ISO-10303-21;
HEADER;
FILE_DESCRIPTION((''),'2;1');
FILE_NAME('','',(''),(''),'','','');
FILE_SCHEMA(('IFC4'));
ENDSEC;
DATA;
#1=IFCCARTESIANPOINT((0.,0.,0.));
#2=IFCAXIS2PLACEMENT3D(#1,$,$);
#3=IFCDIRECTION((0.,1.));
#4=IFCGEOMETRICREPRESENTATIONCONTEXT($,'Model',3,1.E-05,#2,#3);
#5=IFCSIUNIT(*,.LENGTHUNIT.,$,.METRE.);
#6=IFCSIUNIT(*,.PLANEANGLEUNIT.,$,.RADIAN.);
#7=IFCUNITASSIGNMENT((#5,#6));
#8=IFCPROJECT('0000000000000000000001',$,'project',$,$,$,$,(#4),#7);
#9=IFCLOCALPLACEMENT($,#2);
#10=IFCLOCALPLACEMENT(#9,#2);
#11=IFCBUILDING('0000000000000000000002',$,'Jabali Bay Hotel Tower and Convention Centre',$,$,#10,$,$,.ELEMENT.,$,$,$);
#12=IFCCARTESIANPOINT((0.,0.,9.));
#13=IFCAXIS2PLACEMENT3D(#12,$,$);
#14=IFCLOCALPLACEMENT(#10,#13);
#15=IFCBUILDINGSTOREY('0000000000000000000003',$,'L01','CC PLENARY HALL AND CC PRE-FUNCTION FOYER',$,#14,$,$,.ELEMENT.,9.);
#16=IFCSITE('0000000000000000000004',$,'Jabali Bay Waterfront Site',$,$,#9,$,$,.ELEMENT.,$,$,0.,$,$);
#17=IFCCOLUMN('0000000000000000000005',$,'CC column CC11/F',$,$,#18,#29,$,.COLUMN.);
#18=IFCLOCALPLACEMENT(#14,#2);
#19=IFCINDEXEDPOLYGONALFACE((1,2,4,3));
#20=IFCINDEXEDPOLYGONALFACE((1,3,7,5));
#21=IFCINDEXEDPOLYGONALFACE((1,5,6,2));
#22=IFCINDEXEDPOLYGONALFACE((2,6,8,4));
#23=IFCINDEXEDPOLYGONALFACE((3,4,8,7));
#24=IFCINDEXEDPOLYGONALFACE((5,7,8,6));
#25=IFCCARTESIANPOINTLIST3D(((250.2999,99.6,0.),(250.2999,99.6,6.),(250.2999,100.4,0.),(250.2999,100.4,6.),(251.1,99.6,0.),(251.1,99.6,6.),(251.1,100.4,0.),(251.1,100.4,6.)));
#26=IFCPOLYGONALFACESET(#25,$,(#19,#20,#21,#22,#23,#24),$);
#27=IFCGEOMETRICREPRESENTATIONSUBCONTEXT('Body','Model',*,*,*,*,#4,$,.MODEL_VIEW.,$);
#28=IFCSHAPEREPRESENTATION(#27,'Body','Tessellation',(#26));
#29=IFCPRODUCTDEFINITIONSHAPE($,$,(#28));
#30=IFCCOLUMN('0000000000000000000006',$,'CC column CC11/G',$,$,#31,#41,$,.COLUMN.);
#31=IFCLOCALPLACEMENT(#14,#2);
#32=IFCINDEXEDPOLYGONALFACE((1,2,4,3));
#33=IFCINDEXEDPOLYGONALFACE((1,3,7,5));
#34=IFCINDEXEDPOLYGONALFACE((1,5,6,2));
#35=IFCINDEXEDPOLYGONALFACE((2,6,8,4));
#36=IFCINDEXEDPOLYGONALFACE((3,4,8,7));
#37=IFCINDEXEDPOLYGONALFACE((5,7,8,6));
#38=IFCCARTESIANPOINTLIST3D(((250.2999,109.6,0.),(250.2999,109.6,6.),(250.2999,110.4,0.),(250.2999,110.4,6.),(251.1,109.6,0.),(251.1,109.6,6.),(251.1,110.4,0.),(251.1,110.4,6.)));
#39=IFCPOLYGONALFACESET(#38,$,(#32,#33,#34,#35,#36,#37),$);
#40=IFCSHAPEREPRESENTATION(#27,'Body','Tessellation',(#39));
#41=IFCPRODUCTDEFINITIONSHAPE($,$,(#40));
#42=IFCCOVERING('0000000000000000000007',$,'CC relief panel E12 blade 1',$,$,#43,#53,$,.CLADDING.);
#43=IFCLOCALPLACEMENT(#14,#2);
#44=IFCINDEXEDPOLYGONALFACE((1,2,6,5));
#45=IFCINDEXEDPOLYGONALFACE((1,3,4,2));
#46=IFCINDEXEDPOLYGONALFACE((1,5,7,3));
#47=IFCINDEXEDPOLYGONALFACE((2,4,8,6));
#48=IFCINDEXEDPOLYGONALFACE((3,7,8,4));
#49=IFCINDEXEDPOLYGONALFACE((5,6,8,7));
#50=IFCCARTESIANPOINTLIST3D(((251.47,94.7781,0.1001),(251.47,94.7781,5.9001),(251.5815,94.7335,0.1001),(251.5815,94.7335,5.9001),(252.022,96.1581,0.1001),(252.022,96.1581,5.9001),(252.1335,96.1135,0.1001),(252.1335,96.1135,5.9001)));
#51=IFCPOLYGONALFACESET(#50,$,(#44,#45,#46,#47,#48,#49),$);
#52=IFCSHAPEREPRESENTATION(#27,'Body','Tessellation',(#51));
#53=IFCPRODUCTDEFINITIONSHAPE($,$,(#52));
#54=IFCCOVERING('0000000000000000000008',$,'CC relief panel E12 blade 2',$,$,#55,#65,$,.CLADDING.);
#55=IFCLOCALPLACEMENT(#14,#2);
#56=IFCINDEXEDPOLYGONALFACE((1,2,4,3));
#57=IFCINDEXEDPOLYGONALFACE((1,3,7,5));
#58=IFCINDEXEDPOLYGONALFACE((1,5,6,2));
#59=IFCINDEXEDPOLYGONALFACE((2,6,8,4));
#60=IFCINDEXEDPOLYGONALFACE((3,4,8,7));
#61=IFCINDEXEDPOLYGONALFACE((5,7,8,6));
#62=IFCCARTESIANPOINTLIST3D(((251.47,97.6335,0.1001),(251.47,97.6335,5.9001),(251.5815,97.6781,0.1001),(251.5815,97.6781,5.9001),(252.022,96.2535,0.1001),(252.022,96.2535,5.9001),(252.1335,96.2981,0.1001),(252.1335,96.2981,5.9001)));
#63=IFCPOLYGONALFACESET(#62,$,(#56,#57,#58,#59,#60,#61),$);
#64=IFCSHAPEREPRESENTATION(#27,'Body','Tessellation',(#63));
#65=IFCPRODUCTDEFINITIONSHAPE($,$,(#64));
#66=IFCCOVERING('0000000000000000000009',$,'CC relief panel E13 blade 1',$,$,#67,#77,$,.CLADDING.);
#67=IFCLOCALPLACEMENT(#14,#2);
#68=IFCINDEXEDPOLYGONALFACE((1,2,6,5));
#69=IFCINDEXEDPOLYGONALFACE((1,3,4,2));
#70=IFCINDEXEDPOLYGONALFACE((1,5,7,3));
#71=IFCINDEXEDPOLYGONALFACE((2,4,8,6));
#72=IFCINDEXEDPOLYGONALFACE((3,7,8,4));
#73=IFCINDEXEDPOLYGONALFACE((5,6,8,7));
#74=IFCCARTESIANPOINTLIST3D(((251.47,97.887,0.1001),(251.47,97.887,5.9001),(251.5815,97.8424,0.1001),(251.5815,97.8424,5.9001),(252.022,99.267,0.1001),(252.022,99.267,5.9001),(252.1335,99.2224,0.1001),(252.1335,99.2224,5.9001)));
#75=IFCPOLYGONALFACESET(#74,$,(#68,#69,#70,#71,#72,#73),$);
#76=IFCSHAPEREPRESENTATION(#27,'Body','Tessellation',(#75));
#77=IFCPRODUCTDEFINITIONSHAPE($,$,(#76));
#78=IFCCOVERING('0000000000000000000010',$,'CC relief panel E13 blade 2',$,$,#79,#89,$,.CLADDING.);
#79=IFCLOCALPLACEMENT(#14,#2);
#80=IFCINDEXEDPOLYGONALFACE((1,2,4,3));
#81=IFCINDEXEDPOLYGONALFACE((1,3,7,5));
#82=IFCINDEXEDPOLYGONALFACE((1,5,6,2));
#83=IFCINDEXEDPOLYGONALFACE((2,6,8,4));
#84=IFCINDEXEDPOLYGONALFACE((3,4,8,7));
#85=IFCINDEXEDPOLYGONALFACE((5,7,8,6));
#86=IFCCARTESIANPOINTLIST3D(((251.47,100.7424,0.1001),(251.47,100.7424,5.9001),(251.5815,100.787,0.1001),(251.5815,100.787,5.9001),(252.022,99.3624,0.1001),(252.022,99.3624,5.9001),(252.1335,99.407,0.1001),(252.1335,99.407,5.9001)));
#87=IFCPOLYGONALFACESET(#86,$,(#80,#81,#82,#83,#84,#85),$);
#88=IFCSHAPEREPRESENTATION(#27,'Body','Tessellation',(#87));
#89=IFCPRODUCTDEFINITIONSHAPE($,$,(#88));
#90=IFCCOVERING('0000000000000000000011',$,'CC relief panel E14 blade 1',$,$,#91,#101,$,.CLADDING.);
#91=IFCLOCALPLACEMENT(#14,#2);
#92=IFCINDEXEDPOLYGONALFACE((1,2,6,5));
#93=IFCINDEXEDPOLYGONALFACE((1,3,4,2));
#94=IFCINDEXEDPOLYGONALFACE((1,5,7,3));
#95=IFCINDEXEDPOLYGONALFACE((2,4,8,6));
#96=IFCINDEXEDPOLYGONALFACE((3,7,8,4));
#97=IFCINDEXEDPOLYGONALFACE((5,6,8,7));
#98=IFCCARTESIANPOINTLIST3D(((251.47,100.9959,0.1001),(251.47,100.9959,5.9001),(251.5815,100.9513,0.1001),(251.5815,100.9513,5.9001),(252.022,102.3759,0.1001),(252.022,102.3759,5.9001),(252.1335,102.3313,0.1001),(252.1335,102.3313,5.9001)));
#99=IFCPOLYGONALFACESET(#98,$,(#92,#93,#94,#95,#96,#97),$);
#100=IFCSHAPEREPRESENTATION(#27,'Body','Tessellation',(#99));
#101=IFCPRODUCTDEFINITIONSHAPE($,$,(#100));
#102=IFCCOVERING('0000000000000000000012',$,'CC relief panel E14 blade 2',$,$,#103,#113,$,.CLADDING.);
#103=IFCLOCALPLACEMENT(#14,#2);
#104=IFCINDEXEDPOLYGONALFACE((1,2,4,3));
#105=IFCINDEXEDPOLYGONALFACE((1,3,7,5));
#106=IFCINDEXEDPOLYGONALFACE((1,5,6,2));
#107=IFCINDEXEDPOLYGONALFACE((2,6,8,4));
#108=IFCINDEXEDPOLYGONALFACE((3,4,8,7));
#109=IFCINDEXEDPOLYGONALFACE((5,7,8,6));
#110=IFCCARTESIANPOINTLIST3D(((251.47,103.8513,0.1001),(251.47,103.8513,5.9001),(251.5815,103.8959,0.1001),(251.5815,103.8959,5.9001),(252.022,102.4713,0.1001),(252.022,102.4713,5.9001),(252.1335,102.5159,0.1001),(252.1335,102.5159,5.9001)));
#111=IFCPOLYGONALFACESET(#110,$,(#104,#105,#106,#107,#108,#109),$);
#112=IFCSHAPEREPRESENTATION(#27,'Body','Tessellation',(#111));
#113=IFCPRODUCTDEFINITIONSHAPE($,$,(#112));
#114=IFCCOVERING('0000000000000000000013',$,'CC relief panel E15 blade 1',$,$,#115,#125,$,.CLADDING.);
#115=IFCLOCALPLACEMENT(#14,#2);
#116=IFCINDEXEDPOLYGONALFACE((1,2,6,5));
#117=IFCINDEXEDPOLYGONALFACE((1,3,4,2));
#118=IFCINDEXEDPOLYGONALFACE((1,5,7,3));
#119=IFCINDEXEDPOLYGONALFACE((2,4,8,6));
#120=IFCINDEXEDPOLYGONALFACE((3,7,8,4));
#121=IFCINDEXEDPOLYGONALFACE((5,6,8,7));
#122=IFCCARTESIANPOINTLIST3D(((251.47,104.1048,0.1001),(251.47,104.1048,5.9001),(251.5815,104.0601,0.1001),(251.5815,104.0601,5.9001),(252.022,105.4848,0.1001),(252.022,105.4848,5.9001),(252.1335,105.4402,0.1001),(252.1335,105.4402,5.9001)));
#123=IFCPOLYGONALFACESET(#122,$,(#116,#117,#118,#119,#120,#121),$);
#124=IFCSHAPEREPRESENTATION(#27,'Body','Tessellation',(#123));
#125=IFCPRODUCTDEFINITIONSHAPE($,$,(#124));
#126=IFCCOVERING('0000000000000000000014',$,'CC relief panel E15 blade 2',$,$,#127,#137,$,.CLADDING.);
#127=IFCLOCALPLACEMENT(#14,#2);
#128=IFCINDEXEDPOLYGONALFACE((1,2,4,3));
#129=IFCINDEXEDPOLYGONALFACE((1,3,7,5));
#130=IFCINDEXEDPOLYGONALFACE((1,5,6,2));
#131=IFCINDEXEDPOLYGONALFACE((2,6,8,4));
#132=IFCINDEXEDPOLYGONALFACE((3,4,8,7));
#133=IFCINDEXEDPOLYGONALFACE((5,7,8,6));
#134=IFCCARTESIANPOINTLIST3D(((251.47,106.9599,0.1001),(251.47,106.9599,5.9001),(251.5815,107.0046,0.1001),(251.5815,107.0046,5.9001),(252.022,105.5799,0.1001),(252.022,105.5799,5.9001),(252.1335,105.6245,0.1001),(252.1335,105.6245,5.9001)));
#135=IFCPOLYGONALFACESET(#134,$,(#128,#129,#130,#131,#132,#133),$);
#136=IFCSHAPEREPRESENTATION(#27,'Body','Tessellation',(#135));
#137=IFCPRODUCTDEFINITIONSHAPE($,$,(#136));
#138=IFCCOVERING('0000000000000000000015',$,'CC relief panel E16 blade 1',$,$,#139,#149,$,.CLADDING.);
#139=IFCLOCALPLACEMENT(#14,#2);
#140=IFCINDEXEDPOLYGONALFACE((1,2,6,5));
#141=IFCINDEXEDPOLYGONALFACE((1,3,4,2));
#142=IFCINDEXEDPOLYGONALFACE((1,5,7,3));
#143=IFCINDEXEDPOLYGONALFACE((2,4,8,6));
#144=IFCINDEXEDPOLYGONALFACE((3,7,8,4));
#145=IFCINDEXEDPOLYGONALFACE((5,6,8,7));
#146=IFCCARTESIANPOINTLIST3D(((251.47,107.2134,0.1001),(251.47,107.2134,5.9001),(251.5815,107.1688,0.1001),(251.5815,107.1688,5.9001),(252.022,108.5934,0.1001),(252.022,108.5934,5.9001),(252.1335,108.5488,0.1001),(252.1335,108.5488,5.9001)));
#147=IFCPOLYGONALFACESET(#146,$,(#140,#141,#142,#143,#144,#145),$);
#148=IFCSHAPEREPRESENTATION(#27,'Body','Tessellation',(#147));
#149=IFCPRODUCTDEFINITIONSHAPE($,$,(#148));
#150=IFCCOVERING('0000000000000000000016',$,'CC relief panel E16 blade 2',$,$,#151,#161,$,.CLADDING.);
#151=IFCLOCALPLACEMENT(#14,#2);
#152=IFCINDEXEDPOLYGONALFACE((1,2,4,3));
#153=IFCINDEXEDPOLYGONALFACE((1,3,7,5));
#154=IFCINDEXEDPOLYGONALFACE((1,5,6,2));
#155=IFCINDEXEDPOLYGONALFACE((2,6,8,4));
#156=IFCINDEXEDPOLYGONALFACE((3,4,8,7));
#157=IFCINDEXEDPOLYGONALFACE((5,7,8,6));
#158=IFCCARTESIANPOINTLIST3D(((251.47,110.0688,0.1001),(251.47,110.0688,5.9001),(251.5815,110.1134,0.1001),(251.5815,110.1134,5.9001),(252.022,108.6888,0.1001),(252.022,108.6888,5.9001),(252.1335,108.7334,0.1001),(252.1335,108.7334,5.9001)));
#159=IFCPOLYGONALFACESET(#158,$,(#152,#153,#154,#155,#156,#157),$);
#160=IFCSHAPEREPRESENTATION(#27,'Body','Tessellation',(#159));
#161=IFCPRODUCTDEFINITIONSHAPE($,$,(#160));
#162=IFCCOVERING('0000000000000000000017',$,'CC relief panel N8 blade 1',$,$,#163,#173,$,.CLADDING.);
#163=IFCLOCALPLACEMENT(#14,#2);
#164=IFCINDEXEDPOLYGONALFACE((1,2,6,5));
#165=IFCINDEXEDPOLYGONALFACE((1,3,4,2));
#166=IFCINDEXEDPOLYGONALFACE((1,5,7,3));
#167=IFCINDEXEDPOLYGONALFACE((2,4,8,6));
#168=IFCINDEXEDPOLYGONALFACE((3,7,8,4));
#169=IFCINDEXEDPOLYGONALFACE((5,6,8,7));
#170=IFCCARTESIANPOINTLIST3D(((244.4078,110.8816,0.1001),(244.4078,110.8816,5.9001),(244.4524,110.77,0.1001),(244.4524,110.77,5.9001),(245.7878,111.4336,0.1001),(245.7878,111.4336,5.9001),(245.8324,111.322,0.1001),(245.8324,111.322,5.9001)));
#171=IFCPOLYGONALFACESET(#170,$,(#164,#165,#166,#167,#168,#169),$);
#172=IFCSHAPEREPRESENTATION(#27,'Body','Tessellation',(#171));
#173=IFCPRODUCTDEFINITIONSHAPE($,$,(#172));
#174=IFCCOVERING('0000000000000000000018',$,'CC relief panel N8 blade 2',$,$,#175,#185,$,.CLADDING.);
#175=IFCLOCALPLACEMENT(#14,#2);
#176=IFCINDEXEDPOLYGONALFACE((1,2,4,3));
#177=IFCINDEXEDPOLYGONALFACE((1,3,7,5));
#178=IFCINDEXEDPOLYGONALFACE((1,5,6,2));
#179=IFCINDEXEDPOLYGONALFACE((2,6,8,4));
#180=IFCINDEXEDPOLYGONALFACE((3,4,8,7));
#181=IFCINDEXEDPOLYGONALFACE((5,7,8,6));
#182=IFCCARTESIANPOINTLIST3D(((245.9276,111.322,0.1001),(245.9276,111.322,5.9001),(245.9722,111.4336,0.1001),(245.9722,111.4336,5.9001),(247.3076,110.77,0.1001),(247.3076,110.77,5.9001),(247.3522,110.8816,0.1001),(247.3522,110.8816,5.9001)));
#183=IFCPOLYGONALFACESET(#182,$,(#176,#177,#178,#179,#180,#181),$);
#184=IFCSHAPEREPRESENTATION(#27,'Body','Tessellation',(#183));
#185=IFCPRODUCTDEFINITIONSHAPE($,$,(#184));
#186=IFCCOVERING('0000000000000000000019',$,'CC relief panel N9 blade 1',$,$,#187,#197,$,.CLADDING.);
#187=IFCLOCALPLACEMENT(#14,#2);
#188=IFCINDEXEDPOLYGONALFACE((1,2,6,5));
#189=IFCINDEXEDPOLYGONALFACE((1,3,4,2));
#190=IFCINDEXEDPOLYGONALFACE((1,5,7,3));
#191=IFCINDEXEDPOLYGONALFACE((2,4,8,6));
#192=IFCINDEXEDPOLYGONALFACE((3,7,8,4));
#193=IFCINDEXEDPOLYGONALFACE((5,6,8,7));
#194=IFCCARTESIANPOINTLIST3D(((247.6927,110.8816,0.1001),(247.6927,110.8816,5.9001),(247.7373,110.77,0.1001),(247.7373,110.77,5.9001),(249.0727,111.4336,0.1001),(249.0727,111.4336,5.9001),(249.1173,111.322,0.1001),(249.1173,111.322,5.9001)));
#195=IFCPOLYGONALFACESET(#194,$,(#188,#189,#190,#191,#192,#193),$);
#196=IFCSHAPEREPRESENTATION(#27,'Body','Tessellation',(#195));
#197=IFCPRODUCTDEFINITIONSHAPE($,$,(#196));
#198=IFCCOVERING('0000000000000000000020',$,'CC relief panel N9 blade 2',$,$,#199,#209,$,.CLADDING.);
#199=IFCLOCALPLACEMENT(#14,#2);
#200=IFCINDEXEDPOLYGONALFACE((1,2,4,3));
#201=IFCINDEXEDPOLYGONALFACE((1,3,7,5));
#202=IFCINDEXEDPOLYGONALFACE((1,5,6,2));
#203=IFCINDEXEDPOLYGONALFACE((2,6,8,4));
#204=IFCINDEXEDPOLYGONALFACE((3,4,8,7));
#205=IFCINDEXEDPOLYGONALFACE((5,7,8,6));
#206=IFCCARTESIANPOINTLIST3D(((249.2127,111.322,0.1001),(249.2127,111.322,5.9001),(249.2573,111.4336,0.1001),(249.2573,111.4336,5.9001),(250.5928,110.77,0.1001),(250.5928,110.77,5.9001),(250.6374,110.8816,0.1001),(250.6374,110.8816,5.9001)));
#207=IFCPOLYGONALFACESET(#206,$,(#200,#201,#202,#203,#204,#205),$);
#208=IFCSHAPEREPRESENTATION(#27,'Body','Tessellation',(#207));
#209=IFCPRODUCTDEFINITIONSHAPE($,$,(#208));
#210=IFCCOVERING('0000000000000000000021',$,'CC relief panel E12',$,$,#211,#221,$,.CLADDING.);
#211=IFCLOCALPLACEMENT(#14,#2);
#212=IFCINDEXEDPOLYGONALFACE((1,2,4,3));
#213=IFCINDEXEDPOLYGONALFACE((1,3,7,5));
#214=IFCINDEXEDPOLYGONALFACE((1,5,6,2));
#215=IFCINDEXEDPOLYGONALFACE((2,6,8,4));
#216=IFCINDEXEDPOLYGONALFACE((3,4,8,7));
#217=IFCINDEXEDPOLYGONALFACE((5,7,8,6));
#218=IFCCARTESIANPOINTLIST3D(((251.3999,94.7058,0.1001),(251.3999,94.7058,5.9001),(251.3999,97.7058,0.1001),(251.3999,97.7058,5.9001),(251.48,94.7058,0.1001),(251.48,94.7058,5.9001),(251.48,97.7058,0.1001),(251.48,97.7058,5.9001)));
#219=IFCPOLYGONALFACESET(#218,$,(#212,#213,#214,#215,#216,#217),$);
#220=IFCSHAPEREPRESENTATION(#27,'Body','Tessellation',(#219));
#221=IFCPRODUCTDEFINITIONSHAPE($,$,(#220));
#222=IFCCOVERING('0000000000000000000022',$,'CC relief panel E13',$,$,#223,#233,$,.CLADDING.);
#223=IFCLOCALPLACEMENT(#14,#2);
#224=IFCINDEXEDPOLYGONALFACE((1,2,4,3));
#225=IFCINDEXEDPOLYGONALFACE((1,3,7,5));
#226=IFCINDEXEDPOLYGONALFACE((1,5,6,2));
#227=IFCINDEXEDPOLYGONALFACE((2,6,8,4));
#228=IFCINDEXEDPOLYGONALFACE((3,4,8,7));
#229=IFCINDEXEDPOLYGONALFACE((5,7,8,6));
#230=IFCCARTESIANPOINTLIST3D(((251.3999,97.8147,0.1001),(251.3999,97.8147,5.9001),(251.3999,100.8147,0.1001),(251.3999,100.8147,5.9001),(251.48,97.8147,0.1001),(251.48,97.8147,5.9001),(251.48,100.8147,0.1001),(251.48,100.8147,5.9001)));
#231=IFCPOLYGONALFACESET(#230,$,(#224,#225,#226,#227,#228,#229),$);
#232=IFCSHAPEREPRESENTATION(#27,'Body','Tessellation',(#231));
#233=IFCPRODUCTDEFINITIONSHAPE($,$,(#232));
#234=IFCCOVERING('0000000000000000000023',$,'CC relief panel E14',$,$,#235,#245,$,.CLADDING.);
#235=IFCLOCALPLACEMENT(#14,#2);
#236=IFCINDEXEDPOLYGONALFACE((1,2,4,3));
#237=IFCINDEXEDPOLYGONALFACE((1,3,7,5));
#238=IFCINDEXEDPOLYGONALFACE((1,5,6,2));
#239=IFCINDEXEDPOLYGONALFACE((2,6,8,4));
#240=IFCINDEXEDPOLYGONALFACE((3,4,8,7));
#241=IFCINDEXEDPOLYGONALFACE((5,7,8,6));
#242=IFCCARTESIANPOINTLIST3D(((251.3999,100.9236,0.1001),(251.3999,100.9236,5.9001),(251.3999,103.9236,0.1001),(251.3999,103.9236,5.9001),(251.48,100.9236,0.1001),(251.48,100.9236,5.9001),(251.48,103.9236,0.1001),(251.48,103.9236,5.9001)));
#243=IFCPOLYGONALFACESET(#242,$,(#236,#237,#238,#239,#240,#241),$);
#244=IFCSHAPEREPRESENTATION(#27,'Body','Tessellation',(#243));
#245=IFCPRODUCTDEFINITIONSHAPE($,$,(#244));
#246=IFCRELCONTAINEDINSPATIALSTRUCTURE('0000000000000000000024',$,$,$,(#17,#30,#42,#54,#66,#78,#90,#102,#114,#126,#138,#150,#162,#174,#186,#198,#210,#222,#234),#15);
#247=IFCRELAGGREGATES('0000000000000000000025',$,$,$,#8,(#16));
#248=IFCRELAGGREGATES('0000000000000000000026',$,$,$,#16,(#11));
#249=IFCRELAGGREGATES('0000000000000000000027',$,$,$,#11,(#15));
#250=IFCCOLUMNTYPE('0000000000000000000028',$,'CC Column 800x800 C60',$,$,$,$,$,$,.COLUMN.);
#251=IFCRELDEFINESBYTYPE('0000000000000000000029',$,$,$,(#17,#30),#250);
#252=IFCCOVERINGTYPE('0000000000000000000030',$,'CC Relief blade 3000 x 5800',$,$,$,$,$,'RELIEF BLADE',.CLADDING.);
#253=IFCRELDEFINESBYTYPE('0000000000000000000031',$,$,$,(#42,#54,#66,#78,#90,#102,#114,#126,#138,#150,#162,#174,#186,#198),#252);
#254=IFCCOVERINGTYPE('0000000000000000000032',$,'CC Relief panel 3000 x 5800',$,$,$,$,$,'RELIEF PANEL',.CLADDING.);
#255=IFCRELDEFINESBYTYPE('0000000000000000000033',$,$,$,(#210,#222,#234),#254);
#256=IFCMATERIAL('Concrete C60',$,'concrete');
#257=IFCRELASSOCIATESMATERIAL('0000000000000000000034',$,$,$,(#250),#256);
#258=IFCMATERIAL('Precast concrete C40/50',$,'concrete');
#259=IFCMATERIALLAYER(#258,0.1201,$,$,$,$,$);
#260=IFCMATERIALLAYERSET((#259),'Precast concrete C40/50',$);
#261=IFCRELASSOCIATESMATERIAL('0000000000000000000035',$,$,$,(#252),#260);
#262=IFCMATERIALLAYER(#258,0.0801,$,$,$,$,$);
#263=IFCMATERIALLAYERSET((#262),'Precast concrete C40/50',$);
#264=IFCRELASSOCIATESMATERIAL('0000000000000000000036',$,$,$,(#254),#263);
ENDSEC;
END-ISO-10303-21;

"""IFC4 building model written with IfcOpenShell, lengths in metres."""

from ifc_helpers import new_model, si_unit, direction, frame, origin, origin_2d, place, context, subcontext, project, spatial, rectangle, extrude, material, layer, layer_set, material_profile, profile_set, type_object, element, save


model = new_model("IFC4")

# Units and contexts
model_context = context("Model", 3, precision=1e-05, world=origin(), true_north=direction((0.0, 1.0)))
body_context = subcontext(model_context, "Body", "Model", "MODEL_VIEW")
ifc_project = project(units=[si_unit("LENGTHUNIT", "METRE"), si_unit("PLANEANGLEUNIT", "RADIAN")], contexts=[model_context])

# Site, building, storey
site_placement = place(None, origin())
site = spatial("IfcSite", under=ifc_project, at=site_placement, Name="Jabali Bay Waterfront Site", CompositionType="ELEMENT", RefElevation=0.0)
building_placement = place(site_placement, origin())
building = spatial("IfcBuilding", under=site, at=building_placement, Name="Jabali Bay Hotel Tower and Convention Centre", CompositionType="ELEMENT")
storey_placement = place(building_placement, frame((0.0, 0.0, 9.0)))
storey = spatial("IfcBuildingStorey", under=building, at=storey_placement, Name="L01", Description="CC PLENARY HALL AND CC PRE-FUNCTION FOYER", CompositionType="ELEMENT", Elevation=9.0)

# Columns
ifc_material_1 = material(Name="Concrete C60", Category="concrete")
ifc_material_profile = material_profile(ifc_material_1, rectangle(XDim=0.8, YDim=0.8, at=origin_2d()), Name="RC 800x800")
ifc_profile_set = profile_set([ifc_material_profile], Name="Concrete C60")
column_type = type_object("IfcColumnType", Name="CC Column 800x800 C60", PredefinedType="COLUMN", material=ifc_profile_set)
for number, where, z_axis, x_axis, name in (
    (1, (250.7, 100.0, 0.0), (0.0, 0.0, 1.0), (1.0, 0.0, 0.0), "CC column CC11/F"),
    (2, (250.7, 110.0, 0.0), (0.0, 0.0, 1.0), (1.0, 0.0, 0.0), "CC column CC11/G"),
):
    element("IfcColumn", number, at=place(storey_placement, frame(where, z_axis=z_axis, x_axis=x_axis)), inside=storey, type_object=column_type, Name=name, PredefinedType="COLUMN", context=body_context, shape_type="SweptSolid", body=[
        extrude(rectangle(XDim=0.8, YDim=0.8, at=origin_2d()), origin(), (0.0, 0.0, 1.0), 6.0),
    ])

# Coverings
ifc_material_2 = material(Name="Precast concrete C40/50", Category="concrete")
ifc_layer_1 = layer(ifc_material_2, 0.1201)
ifc_layer_set_1 = layer_set([ifc_layer_1], Name="Precast concrete C40/50")
covering_type_1 = type_object("IfcCoveringType", Name="CC Relief blade 3000 x 5800", ElementType="RELIEF BLADE", PredefinedType="CLADDING", material=ifc_layer_set_1)
for number, where, z_axis, x_axis, name in (
    (3, (251.8018, 95.4458, 0.1001), (0.0, 0.0, 1.0), (0.371391, 0.928477, 0.0), "CC relief panel E12 blade 1"),
    (4, (251.8018, 96.9658, 0.1001), (0.0, 0.0, 1.0), (0.371391, -0.928477, 0.0), "CC relief panel E12 blade 2"),
    (5, (251.8018, 98.5547, 0.1001), (0.0, 0.0, 1.0), (0.371391, 0.928477, 0.0), "CC relief panel E13 blade 1"),
    (6, (251.8018, 100.0747, 0.1001), (0.0, 0.0, 1.0), (0.371391, -0.928477, 0.0), "CC relief panel E13 blade 2"),
    (7, (251.8018, 101.6636, 0.1001), (0.0, 0.0, 1.0), (0.371391, 0.928477, 0.0), "CC relief panel E14 blade 1"),
    (8, (251.8018, 103.1836, 0.1001), (0.0, 0.0, 1.0), (0.371391, -0.928477, 0.0), "CC relief panel E14 blade 2"),
    (9, (251.8018, 104.7725, 0.1001), (0.0, 0.0, 1.0), (0.371391, 0.928477, 0.0), "CC relief panel E15 blade 1"),
    (10, (251.8018, 106.2922, 0.1001), (0.0, 0.0, 1.0), (0.371391, -0.928477, 0.0), "CC relief panel E15 blade 2"),
    (11, (251.8018, 107.8811, 0.1001), (0.0, 0.0, 1.0), (0.371391, 0.928477, 0.0), "CC relief panel E16 blade 1"),
    (12, (251.8018, 109.4011, 0.1001), (0.0, 0.0, 1.0), (0.371391, -0.928477, 0.0), "CC relief panel E16 blade 2"),
    (13, (245.1201, 111.1018, 0.1001), (0.0, 0.0, 1.0), (0.928477, 0.371391, 0.0), "CC relief panel N8 blade 1"),
    (14, (246.6399, 111.1018, 0.1001), (0.0, 0.0, 1.0), (-0.928477, 0.371391, 0.0), "CC relief panel N8 blade 2"),
    (15, (248.405, 111.1018, 0.1001), (0.0, 0.0, 1.0), (0.928477, 0.371391, 0.0), "CC relief panel N9 blade 1"),
    (16, (249.925, 111.1018, 0.1001), (0.0, 0.0, 1.0), (-0.928477, 0.371391, 0.0), "CC relief panel N9 blade 2"),
):
    element("IfcCovering", number, at=place(storey_placement, frame(where, z_axis=z_axis, x_axis=x_axis)), inside=storey, type_object=covering_type_1, Name=name, PredefinedType="CLADDING", context=body_context, shape_type="SweptSolid", body=[
        extrude(rectangle(XDim=1.4863, YDim=0.1201, at=origin_2d()), origin(), (0.0, 0.0, 1.0), 5.8),
    ])
ifc_layer_2 = layer(ifc_material_2, 0.0801)
ifc_layer_set_2 = layer_set([ifc_layer_2], Name="Precast concrete C40/50")
covering_type_2 = type_object("IfcCoveringType", Name="CC Relief panel 3000 x 5800", ElementType="RELIEF PANEL", PredefinedType="CLADDING", material=ifc_layer_set_2)
for number, where, z_axis, x_axis, name in (
    (17, (251.4399, 96.2058, 0.1001), (0.0, 0.0, 1.0), (1.0, 0.0, 0.0), "CC relief panel E12"),
    (18, (251.4399, 99.3147, 0.1001), (0.0, 0.0, 1.0), (1.0, 0.0, 0.0), "CC relief panel E13"),
    (19, (251.4399, 102.4236, 0.1001), (0.0, 0.0, 1.0), (1.0, 0.0, 0.0), "CC relief panel E14"),
):
    element("IfcCovering", number, at=place(storey_placement, frame(where, z_axis=z_axis, x_axis=x_axis)), inside=storey, type_object=covering_type_2, Name=name, PredefinedType="CLADDING", context=body_context, shape_type="SweptSolid", body=[
        extrude(rectangle(XDim=0.0801, YDim=3.0, at=origin_2d()), origin(), (0.0, 0.0, 1.0), 5.8),
    ])

save(model, "model.ifc")
